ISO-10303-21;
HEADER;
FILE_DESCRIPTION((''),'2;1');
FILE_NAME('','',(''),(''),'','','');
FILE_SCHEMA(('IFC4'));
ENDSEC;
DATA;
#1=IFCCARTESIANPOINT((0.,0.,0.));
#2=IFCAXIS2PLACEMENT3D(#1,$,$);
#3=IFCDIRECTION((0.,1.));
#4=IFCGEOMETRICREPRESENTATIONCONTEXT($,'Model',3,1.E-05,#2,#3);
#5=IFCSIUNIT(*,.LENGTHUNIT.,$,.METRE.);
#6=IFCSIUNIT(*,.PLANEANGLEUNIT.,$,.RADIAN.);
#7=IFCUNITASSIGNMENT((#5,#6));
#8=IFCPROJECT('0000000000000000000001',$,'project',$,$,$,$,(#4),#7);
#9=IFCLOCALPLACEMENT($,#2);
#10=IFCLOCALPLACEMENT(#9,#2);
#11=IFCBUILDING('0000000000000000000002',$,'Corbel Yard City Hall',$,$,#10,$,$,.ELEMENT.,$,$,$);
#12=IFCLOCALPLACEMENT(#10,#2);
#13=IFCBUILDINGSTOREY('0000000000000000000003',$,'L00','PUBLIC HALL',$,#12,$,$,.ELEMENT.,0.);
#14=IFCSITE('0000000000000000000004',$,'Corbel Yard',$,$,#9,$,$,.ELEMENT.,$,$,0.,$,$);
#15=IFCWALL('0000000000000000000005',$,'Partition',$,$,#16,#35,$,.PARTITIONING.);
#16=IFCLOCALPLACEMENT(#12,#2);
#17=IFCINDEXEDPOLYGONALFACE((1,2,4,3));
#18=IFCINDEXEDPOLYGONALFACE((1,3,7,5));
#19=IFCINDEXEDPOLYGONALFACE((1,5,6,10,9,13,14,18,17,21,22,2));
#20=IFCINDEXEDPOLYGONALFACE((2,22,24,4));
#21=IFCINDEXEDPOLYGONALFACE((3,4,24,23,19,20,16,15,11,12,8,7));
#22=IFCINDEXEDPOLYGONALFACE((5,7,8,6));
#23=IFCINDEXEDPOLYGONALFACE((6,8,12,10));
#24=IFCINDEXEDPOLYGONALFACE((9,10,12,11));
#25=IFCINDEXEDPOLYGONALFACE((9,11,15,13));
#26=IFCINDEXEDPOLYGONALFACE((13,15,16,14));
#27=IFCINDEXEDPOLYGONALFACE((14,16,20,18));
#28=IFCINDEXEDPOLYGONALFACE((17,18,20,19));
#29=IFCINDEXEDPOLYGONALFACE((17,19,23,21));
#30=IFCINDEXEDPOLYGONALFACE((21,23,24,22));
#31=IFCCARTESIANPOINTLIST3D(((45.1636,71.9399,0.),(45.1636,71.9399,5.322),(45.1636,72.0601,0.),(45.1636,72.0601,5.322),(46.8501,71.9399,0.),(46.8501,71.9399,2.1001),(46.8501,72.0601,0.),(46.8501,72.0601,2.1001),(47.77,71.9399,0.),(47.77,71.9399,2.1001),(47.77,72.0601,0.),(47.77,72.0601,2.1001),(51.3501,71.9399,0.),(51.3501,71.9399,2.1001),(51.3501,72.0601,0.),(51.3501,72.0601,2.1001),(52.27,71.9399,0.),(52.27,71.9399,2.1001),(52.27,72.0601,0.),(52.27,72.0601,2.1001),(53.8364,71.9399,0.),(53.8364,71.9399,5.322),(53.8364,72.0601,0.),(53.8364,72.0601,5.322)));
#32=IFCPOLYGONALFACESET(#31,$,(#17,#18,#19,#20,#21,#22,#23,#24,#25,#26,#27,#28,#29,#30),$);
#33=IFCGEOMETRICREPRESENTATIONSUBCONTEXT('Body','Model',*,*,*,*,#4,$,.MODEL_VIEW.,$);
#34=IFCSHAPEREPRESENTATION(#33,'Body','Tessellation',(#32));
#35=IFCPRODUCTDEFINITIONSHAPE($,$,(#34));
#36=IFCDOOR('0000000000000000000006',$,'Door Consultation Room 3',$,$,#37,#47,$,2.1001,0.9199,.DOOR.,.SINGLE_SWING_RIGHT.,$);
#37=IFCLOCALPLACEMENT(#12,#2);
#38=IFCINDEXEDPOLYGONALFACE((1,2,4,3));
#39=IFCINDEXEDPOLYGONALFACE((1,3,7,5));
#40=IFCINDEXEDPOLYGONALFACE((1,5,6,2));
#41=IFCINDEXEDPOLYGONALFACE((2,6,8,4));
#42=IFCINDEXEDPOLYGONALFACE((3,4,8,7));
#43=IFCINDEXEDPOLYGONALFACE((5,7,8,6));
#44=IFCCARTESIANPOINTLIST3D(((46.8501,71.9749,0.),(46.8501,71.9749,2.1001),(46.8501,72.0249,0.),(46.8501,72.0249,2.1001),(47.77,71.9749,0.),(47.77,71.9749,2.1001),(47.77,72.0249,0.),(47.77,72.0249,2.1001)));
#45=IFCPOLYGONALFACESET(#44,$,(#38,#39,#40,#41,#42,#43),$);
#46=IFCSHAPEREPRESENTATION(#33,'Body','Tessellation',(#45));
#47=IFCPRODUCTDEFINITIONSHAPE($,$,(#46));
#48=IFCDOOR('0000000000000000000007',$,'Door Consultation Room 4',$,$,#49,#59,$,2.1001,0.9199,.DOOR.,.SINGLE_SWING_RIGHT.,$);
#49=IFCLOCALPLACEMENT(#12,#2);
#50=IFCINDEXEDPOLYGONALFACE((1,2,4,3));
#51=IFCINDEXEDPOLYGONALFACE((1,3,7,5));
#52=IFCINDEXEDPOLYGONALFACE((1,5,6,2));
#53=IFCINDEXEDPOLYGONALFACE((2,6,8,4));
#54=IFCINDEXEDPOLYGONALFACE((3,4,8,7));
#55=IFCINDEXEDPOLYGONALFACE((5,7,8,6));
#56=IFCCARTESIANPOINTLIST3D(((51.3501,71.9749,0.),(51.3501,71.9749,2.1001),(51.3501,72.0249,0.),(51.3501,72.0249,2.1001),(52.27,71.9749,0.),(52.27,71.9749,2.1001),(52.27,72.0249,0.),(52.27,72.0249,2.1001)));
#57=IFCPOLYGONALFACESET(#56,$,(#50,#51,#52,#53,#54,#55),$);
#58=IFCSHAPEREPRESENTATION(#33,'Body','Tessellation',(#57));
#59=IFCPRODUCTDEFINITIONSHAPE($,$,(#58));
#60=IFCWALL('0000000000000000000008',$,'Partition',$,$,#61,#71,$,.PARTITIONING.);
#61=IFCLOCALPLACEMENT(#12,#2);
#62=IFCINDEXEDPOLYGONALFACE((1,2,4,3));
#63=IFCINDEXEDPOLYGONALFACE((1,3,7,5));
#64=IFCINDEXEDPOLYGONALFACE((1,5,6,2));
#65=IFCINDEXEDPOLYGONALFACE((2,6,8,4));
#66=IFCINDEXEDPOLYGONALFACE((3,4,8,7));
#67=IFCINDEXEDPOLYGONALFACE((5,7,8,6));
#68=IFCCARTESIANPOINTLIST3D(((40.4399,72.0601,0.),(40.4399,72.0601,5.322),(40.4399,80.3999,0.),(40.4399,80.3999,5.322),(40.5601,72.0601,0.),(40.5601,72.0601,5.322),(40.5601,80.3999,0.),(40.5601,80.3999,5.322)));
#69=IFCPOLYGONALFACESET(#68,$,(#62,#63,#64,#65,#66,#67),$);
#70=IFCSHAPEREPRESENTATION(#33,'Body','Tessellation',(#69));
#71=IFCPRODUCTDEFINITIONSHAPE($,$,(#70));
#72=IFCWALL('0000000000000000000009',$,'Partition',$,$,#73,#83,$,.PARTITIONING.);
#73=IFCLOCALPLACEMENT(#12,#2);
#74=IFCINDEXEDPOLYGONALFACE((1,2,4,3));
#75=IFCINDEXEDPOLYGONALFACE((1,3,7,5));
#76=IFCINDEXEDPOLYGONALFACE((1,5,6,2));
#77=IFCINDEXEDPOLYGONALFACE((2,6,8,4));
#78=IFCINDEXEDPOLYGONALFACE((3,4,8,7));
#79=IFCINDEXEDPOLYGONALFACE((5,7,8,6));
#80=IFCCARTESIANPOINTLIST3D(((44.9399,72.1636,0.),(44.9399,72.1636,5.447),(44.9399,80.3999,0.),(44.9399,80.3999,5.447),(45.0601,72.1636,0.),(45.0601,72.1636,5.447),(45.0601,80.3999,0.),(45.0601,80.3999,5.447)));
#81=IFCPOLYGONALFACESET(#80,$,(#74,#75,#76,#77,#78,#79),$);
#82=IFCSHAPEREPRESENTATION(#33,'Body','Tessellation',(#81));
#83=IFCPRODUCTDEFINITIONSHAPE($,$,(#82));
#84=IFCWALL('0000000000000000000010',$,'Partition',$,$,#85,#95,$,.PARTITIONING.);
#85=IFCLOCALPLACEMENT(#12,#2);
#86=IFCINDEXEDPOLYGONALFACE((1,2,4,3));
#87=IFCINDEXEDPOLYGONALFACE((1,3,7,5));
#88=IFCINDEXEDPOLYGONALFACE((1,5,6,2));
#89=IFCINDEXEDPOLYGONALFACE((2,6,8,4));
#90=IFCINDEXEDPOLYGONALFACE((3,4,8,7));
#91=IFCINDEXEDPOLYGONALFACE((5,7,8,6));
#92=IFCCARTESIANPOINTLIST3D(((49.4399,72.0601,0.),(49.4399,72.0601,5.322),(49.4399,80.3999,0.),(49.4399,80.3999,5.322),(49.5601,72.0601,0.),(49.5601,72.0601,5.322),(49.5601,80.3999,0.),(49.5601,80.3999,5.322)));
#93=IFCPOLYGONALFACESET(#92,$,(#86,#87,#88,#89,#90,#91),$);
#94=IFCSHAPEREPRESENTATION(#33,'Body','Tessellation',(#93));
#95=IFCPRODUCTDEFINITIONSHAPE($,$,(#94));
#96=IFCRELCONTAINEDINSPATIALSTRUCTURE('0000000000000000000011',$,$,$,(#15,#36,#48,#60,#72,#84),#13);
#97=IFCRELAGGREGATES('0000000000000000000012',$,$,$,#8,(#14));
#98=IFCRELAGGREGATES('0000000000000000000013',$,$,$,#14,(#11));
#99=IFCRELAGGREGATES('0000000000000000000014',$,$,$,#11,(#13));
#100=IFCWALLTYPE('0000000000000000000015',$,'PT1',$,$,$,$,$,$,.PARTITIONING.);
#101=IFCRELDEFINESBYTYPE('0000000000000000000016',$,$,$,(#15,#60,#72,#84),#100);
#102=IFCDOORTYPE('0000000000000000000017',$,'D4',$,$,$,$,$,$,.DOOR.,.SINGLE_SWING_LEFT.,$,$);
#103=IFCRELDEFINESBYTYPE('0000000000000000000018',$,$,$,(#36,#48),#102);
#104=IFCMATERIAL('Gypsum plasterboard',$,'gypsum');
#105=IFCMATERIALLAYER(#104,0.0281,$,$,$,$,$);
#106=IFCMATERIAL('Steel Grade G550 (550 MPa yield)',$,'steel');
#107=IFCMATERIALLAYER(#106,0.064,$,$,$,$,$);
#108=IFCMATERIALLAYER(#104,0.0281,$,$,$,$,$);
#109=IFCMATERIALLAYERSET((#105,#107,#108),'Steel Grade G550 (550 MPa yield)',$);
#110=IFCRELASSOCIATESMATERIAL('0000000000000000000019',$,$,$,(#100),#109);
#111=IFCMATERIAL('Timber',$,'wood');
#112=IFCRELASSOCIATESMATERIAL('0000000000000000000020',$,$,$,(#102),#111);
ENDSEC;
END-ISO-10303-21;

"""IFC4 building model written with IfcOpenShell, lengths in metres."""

from ifc_helpers import new_model, si_unit, direction, frame, frame_2d, origin, place, context, subcontext, project, spatial, rectangle, extrude, material, layer, layer_set, type_object, element, fill, save


model = new_model("IFC4")

# Units and contexts
model_context = context("Model", 3, precision=1e-05, world=origin(), true_north=direction((0.0, 1.0)))
body_context = subcontext(model_context, "Body", "Model", "MODEL_VIEW")
ifc_project = project(units=[si_unit("LENGTHUNIT", "METRE"), si_unit("PLANEANGLEUNIT", "RADIAN")], contexts=[model_context])

# Site, building, storey
site_placement = place(None, origin())
site = spatial("IfcSite", under=ifc_project, at=site_placement, Name="Corbel Yard", CompositionType="ELEMENT", RefElevation=0.0)
building_placement = place(site_placement, origin())
building = spatial("IfcBuilding", under=site, at=building_placement, Name="Corbel Yard City Hall", CompositionType="ELEMENT")
storey_placement = place(building_placement, origin())
storey = spatial("IfcBuildingStorey", under=building, at=storey_placement, Name="L00", Description="PUBLIC HALL", CompositionType="ELEMENT", Elevation=0.0)

# Wall, openings, doors
ifc_material_1 = material(Name="Gypsum plasterboard", Category="gypsum")
ifc_layer_1 = layer(ifc_material_1, 0.0281)
ifc_material_2 = material(Name="Steel Grade G550 (550 MPa yield)", Category="steel")
ifc_layer_2 = layer(ifc_material_2, 0.064)
ifc_layer_3 = layer(ifc_material_1, 0.0281)
ifc_layer_set_1 = layer_set([ifc_layer_1, ifc_layer_2, ifc_layer_3], Name="Steel Grade G550 (550 MPa yield)")
wall_type = type_object("IfcWallType", Name="PT1", PredefinedType="PARTITIONING", material=ifc_layer_set_1)
wall_1_placement = place(storey_placement, frame((45.1636, 72.0, 0.0), z_axis=(0.0, 0.0, 1.0), x_axis=(1.0, 0.0, 0.0)))
wall_1 = element("IfcWall", 1, at=wall_1_placement, inside=storey, type_object=wall_type, Name="Partition", PredefinedType="PARTITIONING", context=body_context, shape_type="SweptSolid", body=[
    extrude(rectangle(XDim=8.6729, YDim=0.1201, at=frame_2d((4.3364, 0.0))), origin(), (0.0, 0.0, 1.0), 5.322),
])
opening_1_placement = place(wall_1_placement, frame((1.6865, 0.0, 0.0)))
opening_1 = element("IfcOpeningElement", 2, at=opening_1_placement, cuts=wall_1, PredefinedType="OPENING", context=body_context, shape_type="SweptSolid", body=[
    extrude(rectangle(XDim=0.9199, YDim=2.1001, at=frame_2d((0.46, 1.05))), frame((0.0, 0.0701, 0.0), z_axis=(0.0, -1.0, 0.0), x_axis=(1.0, 0.0, 0.0)), (0.0, 0.0, 1.0), 0.1401),
])
opening_2_placement = place(wall_1_placement, frame((6.1865, 0.0, 0.0)))
opening_2 = element("IfcOpeningElement", 3, at=opening_2_placement, cuts=wall_1, PredefinedType="OPENING", context=body_context, shape_type="SweptSolid", body=[
    extrude(rectangle(XDim=0.9199, YDim=2.1001, at=frame_2d((0.46, 1.05))), frame((0.0, 0.0701, 0.0), z_axis=(0.0, -1.0, 0.0), x_axis=(1.0, 0.0, 0.0)), (0.0, 0.0, 1.0), 0.1401),
])
ifc_material_3 = material(Name="Timber", Category="wood")
door_type = type_object("IfcDoorType", Name="D4", OperationType="SINGLE_SWING_LEFT", PredefinedType="DOOR", material=ifc_material_3)
door_1_placement = place(opening_1_placement, origin())
door_1 = element("IfcDoor", 4, at=door_1_placement, inside=storey, type_object=door_type, Name="Door Consultation Room 3", OperationType="SINGLE_SWING_RIGHT", OverallHeight=2.1001, OverallWidth=0.9199, PredefinedType="DOOR", context=body_context, shape_type="SweptSolid", body=[
    extrude(rectangle(XDim=0.9199, YDim=2.1001, at=frame_2d((0.46, 1.05))), frame((0.0, 0.0249, 0.0), z_axis=(0.0, -1.0, 0.0), x_axis=(1.0, 0.0, 0.0)), (0.0, 0.0, 1.0), 0.05),
])
fill(opening_1, door_1)
door_2_placement = place(opening_2_placement, origin())
door_2 = element("IfcDoor", 5, at=door_2_placement, inside=storey, type_object=door_type, Name="Door Consultation Room 4", OperationType="SINGLE_SWING_RIGHT", OverallHeight=2.1001, OverallWidth=0.9199, PredefinedType="DOOR", context=body_context, shape_type="SweptSolid", body=[
    extrude(rectangle(XDim=0.9199, YDim=2.1001, at=frame_2d((0.46, 1.05))), frame((0.0, 0.0249, 0.0), z_axis=(0.0, -1.0, 0.0), x_axis=(1.0, 0.0, 0.0)), (0.0, 0.0, 1.0), 0.05),
])
fill(opening_2, door_2)

# Walls
wall_2_placement = place(storey_placement, frame((40.5, 72.0601, 0.0), z_axis=(0.0, 0.0, 1.0), x_axis=(0.0, 1.0, 0.0)))
element("IfcWall", 6, at=wall_2_placement, inside=storey, type_object=wall_type, Name="Partition", PredefinedType="PARTITIONING", context=body_context, shape_type="SweptSolid", body=[
    extrude(rectangle(XDim=8.3398, YDim=0.1201, at=frame_2d((4.1699, 0.0))), origin(), (0.0, 0.0, 1.0), 5.322),
])
wall_3_placement = place(storey_placement, frame((45.0, 72.1636, 0.0), z_axis=(0.0, 0.0, 1.0), x_axis=(0.0, 1.0, 0.0)))
element("IfcWall", 7, at=wall_3_placement, inside=storey, type_object=wall_type, Name="Partition", PredefinedType="PARTITIONING", context=body_context, shape_type="SweptSolid", body=[
    extrude(rectangle(XDim=8.2363, YDim=0.1201, at=frame_2d((4.1182, 0.0))), origin(), (0.0, 0.0, 1.0), 5.447),
])
wall_4_placement = place(storey_placement, frame((49.5, 72.0601, 0.0), z_axis=(0.0, 0.0, 1.0), x_axis=(0.0, 1.0, 0.0)))
element("IfcWall", 8, at=wall_4_placement, inside=storey, type_object=wall_type, Name="Partition", PredefinedType="PARTITIONING", context=body_context, shape_type="SweptSolid", body=[
    extrude(rectangle(XDim=8.3398, YDim=0.1201, at=frame_2d((4.1699, 0.0))), origin(), (0.0, 0.0, 1.0), 5.322),
])

save(model, "model.ifc")
